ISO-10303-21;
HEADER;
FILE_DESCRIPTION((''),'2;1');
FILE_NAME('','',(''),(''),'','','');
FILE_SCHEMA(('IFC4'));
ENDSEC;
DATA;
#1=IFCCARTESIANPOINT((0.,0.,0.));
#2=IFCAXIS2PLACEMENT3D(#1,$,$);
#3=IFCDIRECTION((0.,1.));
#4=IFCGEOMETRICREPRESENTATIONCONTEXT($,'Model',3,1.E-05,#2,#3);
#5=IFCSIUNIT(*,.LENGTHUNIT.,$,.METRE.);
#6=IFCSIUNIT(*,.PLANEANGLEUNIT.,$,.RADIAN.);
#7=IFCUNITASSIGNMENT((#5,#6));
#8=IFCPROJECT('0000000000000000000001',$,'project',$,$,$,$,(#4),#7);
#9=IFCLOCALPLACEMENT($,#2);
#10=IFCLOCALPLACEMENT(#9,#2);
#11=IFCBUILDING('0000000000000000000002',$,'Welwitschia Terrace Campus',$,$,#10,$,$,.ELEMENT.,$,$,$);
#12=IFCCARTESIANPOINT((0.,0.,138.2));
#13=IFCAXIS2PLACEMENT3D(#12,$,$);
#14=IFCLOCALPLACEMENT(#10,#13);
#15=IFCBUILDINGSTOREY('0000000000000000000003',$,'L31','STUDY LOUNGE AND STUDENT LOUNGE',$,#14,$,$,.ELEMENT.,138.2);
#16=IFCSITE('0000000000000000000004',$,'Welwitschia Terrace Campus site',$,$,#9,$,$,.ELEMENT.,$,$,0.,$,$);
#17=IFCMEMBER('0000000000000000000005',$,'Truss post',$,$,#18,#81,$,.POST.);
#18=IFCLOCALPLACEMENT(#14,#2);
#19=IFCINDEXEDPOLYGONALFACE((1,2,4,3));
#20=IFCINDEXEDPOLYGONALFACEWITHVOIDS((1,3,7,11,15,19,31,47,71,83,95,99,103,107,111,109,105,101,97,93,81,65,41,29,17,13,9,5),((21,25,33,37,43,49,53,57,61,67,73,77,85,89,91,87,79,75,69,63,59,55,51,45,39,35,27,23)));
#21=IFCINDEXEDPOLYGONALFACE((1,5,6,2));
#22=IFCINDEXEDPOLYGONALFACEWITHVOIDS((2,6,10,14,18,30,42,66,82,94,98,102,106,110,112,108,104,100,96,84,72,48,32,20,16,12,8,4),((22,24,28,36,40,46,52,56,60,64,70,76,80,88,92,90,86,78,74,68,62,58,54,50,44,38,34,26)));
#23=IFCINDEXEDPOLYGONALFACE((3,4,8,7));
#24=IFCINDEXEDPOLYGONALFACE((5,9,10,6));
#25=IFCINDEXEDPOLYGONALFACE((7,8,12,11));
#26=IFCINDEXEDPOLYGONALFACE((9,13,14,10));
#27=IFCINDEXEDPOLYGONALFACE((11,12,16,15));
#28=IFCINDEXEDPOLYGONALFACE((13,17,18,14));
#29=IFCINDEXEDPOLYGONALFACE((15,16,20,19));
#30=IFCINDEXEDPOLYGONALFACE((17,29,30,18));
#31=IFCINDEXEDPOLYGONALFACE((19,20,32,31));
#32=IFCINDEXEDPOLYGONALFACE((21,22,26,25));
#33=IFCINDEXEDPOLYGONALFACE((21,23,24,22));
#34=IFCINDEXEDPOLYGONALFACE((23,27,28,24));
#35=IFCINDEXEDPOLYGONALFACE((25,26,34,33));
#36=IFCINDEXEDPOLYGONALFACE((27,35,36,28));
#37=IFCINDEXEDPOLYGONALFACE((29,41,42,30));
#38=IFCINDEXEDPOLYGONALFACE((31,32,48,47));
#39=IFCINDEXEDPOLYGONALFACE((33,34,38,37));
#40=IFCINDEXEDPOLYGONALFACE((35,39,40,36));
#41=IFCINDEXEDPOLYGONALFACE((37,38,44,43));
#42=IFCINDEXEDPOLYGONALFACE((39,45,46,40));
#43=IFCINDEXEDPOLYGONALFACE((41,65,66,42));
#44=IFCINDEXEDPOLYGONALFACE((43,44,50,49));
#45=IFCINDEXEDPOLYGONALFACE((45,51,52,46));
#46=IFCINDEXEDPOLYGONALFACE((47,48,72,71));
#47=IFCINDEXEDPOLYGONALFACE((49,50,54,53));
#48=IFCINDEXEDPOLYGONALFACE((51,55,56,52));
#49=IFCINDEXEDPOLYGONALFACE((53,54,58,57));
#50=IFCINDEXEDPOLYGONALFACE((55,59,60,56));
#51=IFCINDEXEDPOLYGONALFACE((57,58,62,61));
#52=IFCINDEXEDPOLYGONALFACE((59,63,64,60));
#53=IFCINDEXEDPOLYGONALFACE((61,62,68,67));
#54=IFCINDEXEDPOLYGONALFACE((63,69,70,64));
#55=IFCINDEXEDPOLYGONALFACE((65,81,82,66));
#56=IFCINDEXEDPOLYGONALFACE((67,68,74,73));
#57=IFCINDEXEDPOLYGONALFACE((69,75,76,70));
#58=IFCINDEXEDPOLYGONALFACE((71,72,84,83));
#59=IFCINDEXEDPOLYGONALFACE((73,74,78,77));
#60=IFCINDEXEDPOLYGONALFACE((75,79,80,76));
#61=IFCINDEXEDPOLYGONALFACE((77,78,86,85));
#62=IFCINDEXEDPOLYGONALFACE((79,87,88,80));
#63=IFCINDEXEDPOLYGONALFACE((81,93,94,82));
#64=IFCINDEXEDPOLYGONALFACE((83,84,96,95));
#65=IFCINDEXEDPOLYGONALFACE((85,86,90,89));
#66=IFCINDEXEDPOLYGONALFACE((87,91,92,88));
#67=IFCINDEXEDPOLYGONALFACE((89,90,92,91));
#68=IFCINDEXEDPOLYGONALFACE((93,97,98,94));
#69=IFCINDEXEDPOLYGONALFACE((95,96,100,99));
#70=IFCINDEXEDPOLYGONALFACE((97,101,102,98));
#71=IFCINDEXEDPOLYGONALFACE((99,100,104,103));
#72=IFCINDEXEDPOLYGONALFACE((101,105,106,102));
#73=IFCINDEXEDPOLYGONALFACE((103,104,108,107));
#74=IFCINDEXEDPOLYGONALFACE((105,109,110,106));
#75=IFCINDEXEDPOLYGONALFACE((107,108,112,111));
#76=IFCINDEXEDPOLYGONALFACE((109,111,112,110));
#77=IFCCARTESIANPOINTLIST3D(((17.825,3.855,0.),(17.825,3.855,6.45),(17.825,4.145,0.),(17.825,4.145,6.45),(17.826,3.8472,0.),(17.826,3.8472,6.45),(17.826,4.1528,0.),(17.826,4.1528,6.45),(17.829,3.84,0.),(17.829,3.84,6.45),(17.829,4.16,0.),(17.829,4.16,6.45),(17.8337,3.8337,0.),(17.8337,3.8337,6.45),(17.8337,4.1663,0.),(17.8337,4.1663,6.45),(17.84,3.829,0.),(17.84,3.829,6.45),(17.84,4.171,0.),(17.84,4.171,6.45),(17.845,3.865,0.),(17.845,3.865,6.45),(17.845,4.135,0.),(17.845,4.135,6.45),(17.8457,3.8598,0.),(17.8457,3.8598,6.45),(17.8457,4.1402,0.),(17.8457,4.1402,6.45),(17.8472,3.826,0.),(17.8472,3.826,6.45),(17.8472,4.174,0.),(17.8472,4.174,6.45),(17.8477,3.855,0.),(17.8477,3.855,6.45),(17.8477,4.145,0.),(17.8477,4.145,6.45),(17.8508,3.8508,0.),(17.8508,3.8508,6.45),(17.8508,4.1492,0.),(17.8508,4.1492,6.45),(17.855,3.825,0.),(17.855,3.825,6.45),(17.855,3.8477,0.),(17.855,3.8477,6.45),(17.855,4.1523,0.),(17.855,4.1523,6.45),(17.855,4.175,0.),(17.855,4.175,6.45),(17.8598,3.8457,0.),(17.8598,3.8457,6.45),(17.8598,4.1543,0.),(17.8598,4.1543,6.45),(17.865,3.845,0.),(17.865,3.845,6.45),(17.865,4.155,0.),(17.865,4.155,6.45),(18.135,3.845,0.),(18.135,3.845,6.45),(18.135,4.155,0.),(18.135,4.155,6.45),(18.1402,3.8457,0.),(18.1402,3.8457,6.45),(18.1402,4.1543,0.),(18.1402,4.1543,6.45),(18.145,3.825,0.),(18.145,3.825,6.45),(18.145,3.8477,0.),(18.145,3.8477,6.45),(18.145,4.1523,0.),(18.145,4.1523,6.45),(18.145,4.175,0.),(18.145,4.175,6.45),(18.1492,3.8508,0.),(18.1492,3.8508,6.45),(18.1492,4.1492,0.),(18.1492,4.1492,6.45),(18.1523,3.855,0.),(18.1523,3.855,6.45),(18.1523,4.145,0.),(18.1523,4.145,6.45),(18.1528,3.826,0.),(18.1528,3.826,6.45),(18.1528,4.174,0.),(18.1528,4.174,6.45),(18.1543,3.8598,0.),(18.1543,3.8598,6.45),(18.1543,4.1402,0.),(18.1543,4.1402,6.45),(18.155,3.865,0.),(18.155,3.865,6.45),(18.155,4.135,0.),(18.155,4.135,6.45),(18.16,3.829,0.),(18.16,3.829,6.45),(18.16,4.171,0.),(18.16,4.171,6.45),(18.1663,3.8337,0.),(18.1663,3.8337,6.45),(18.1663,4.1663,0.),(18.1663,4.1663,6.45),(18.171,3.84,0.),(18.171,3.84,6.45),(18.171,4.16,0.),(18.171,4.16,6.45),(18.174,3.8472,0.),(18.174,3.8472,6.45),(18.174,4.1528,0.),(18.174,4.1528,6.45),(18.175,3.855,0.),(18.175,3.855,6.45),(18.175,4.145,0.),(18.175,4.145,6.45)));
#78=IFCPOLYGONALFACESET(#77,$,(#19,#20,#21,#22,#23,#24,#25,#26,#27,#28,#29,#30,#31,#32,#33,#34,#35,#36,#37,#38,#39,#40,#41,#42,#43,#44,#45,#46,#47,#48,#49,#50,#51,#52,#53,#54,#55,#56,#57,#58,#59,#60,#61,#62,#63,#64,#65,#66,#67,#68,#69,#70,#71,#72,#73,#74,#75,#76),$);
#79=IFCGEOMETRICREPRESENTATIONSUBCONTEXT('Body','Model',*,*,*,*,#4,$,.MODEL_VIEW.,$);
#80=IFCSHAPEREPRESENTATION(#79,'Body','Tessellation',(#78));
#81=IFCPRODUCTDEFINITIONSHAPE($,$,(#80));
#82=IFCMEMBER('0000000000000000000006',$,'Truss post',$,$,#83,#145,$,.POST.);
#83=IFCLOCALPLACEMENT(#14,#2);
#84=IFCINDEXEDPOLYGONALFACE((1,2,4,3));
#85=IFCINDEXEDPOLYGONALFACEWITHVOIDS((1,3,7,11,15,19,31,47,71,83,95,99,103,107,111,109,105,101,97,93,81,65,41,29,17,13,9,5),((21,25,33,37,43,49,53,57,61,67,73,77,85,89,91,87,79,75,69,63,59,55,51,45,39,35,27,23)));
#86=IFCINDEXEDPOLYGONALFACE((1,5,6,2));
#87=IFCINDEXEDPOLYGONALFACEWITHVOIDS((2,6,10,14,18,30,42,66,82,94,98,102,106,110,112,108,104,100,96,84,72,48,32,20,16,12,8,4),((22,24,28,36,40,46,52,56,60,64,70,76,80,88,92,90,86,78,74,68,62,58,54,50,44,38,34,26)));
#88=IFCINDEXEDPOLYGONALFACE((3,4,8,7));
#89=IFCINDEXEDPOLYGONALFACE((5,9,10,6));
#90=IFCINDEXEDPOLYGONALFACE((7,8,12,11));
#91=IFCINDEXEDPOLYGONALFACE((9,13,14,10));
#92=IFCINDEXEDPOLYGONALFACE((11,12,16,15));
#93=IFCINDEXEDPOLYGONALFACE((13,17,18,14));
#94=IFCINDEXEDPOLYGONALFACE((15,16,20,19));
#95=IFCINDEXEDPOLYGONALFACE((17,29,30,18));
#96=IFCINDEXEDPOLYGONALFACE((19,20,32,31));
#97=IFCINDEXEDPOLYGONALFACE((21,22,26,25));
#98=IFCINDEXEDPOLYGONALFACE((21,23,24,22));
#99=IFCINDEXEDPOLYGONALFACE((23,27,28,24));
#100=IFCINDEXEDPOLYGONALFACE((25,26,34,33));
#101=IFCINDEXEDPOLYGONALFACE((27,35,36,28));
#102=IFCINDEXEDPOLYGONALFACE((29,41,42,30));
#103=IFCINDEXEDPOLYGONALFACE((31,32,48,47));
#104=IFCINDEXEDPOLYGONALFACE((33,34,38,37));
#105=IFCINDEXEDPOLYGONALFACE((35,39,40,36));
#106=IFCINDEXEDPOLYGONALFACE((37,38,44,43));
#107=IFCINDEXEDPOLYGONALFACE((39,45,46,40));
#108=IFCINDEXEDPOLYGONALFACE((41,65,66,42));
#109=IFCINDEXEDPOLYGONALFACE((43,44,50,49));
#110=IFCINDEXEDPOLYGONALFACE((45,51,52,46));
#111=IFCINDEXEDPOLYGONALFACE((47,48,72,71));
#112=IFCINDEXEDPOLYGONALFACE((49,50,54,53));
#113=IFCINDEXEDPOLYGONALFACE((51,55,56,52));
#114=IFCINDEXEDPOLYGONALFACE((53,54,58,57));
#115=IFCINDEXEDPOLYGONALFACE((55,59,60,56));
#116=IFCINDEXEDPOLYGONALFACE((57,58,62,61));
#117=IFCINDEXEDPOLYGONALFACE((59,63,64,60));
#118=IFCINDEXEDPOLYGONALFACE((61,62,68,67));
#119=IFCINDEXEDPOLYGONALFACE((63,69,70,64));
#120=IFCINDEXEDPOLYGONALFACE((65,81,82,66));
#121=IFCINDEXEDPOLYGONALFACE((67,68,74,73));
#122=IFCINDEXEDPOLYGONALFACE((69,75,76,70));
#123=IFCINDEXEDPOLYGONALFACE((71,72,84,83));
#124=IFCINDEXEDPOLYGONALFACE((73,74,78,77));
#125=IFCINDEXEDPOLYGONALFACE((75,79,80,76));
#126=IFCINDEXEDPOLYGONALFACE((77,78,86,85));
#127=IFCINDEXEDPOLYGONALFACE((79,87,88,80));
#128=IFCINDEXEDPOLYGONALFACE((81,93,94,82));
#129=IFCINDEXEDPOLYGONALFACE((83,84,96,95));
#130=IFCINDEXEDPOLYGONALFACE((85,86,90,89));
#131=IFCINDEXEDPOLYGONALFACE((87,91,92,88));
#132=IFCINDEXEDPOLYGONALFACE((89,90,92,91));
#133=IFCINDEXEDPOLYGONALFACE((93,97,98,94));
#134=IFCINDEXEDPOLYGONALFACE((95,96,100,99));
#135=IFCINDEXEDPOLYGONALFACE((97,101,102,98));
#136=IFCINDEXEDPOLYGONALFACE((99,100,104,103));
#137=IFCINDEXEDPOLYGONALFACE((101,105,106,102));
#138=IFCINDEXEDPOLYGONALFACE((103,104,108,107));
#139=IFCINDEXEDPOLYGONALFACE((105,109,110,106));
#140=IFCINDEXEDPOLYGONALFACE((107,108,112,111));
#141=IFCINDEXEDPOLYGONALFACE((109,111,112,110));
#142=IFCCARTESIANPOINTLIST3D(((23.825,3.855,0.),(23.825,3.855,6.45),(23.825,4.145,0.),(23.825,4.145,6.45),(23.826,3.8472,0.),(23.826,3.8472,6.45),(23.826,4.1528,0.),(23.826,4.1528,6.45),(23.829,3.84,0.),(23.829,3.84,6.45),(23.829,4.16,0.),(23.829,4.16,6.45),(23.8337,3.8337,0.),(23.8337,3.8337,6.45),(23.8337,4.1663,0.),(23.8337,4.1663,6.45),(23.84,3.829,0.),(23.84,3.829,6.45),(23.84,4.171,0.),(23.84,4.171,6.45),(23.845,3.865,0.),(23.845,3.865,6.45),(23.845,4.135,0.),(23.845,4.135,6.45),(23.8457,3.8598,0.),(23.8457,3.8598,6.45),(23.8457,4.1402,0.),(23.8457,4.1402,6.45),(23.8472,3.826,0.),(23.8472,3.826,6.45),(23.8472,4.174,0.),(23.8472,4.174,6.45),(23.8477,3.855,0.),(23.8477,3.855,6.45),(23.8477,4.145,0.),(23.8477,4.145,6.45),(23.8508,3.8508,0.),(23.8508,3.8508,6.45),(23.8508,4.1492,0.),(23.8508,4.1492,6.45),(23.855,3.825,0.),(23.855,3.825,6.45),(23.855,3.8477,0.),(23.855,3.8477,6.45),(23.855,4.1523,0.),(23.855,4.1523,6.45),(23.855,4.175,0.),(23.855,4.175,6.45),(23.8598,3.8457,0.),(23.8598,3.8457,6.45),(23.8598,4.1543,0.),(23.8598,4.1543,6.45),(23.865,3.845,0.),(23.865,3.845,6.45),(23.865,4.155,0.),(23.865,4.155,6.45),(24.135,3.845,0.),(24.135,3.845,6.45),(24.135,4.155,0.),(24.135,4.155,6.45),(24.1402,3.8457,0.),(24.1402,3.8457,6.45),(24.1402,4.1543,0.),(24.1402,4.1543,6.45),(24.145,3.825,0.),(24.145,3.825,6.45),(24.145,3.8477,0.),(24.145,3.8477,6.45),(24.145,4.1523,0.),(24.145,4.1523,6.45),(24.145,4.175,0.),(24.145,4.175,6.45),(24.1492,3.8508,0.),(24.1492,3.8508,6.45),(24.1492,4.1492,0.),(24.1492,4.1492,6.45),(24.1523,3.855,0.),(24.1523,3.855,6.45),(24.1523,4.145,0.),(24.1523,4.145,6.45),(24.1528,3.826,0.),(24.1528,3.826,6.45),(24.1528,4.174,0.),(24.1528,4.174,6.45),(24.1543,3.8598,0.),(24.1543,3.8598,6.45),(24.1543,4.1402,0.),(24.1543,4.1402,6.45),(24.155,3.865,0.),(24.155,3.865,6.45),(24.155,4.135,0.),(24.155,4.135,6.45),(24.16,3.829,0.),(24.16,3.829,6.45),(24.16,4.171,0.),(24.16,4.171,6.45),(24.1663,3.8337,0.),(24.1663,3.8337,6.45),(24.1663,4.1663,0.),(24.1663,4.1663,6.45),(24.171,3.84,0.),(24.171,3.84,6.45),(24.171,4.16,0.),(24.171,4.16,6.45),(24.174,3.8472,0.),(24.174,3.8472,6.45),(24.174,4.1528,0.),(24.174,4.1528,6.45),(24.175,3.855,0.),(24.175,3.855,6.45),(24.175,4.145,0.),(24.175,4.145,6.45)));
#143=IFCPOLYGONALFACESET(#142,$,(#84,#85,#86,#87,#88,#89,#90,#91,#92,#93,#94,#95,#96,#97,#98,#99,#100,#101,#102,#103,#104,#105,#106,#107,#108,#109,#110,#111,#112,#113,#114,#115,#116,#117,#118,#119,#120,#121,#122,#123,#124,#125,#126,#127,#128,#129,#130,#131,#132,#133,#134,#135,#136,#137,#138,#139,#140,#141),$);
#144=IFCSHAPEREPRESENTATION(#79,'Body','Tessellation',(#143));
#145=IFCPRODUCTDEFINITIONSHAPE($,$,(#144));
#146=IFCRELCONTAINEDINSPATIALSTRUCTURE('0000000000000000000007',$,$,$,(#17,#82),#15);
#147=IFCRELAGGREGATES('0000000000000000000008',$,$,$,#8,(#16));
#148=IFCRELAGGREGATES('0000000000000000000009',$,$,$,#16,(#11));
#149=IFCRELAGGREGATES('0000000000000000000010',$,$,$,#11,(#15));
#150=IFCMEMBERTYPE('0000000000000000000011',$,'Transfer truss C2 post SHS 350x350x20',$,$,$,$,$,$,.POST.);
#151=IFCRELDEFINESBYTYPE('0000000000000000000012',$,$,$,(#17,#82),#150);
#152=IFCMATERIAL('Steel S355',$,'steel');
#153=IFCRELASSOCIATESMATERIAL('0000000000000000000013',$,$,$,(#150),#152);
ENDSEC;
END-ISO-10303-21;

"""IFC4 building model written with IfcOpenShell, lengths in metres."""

from ifc_helpers import new_model, si_unit, direction, frame, origin, origin_2d, place, context, subcontext, project, spatial, hollow_rectangle, extrude, material, material_profile, profile_set, type_object, element, save


model = new_model("IFC4")

# Units and contexts
model_context = context("Model", 3, precision=1e-05, world=origin(), true_north=direction((0.0, 1.0)))
body_context = subcontext(model_context, "Body", "Model", "MODEL_VIEW")
ifc_project = project(units=[si_unit("LENGTHUNIT", "METRE"), si_unit("PLANEANGLEUNIT", "RADIAN")], contexts=[model_context])

# Site, building, storey
site_placement = place(None, origin())
site = spatial("IfcSite", under=ifc_project, at=site_placement, Name="Welwitschia Terrace Campus site", CompositionType="ELEMENT", RefElevation=0.0)
building_placement = place(site_placement, origin())
building = spatial("IfcBuilding", under=site, at=building_placement, Name="Welwitschia Terrace Campus", CompositionType="ELEMENT")
storey_placement = place(building_placement, frame((0.0, 0.0, 138.2)))
storey = spatial("IfcBuildingStorey", under=building, at=storey_placement, Name="L31", Description="STUDY LOUNGE AND STUDENT LOUNGE", CompositionType="ELEMENT", Elevation=138.2)

# Members
ifc_material_1 = material(Name="Steel S355", Category="steel")
ifc_material_profile = material_profile(ifc_material_1, hollow_rectangle(XDim=0.3501, YDim=0.3501, WallThickness=0.02, InnerFilletRadius=0.02, OuterFilletRadius=0.03, at=origin_2d()))
ifc_profile_set = profile_set([ifc_material_profile], Name="Steel S355")
member_type = type_object("IfcMemberType", Name="Transfer truss C2 post SHS 350x350x20", PredefinedType="POST", material=ifc_profile_set)
for number, where, z_axis, x_axis, name in (
    (1, (18.0, 4.0, 0.0), (0.0, 0.0, 1.0), (1.0, 0.0, 0.0), "Truss post"),
    (2, (24.0, 4.0, 0.0), (0.0, 0.0, 1.0), (1.0, 0.0, 0.0), "Truss post"),
):
    element("IfcMember", number, at=place(storey_placement, frame(where, z_axis=z_axis, x_axis=x_axis)), inside=storey, type_object=member_type, Name=name, PredefinedType="POST", context=body_context, shape_type="SweptSolid", body=[
        extrude(hollow_rectangle(XDim=0.3501, YDim=0.3501, WallThickness=0.02, InnerFilletRadius=0.02, OuterFilletRadius=0.03, at=origin_2d()), origin(), (0.0, 0.0, 1.0), 6.45),
    ])

save(model, "model.ifc")
